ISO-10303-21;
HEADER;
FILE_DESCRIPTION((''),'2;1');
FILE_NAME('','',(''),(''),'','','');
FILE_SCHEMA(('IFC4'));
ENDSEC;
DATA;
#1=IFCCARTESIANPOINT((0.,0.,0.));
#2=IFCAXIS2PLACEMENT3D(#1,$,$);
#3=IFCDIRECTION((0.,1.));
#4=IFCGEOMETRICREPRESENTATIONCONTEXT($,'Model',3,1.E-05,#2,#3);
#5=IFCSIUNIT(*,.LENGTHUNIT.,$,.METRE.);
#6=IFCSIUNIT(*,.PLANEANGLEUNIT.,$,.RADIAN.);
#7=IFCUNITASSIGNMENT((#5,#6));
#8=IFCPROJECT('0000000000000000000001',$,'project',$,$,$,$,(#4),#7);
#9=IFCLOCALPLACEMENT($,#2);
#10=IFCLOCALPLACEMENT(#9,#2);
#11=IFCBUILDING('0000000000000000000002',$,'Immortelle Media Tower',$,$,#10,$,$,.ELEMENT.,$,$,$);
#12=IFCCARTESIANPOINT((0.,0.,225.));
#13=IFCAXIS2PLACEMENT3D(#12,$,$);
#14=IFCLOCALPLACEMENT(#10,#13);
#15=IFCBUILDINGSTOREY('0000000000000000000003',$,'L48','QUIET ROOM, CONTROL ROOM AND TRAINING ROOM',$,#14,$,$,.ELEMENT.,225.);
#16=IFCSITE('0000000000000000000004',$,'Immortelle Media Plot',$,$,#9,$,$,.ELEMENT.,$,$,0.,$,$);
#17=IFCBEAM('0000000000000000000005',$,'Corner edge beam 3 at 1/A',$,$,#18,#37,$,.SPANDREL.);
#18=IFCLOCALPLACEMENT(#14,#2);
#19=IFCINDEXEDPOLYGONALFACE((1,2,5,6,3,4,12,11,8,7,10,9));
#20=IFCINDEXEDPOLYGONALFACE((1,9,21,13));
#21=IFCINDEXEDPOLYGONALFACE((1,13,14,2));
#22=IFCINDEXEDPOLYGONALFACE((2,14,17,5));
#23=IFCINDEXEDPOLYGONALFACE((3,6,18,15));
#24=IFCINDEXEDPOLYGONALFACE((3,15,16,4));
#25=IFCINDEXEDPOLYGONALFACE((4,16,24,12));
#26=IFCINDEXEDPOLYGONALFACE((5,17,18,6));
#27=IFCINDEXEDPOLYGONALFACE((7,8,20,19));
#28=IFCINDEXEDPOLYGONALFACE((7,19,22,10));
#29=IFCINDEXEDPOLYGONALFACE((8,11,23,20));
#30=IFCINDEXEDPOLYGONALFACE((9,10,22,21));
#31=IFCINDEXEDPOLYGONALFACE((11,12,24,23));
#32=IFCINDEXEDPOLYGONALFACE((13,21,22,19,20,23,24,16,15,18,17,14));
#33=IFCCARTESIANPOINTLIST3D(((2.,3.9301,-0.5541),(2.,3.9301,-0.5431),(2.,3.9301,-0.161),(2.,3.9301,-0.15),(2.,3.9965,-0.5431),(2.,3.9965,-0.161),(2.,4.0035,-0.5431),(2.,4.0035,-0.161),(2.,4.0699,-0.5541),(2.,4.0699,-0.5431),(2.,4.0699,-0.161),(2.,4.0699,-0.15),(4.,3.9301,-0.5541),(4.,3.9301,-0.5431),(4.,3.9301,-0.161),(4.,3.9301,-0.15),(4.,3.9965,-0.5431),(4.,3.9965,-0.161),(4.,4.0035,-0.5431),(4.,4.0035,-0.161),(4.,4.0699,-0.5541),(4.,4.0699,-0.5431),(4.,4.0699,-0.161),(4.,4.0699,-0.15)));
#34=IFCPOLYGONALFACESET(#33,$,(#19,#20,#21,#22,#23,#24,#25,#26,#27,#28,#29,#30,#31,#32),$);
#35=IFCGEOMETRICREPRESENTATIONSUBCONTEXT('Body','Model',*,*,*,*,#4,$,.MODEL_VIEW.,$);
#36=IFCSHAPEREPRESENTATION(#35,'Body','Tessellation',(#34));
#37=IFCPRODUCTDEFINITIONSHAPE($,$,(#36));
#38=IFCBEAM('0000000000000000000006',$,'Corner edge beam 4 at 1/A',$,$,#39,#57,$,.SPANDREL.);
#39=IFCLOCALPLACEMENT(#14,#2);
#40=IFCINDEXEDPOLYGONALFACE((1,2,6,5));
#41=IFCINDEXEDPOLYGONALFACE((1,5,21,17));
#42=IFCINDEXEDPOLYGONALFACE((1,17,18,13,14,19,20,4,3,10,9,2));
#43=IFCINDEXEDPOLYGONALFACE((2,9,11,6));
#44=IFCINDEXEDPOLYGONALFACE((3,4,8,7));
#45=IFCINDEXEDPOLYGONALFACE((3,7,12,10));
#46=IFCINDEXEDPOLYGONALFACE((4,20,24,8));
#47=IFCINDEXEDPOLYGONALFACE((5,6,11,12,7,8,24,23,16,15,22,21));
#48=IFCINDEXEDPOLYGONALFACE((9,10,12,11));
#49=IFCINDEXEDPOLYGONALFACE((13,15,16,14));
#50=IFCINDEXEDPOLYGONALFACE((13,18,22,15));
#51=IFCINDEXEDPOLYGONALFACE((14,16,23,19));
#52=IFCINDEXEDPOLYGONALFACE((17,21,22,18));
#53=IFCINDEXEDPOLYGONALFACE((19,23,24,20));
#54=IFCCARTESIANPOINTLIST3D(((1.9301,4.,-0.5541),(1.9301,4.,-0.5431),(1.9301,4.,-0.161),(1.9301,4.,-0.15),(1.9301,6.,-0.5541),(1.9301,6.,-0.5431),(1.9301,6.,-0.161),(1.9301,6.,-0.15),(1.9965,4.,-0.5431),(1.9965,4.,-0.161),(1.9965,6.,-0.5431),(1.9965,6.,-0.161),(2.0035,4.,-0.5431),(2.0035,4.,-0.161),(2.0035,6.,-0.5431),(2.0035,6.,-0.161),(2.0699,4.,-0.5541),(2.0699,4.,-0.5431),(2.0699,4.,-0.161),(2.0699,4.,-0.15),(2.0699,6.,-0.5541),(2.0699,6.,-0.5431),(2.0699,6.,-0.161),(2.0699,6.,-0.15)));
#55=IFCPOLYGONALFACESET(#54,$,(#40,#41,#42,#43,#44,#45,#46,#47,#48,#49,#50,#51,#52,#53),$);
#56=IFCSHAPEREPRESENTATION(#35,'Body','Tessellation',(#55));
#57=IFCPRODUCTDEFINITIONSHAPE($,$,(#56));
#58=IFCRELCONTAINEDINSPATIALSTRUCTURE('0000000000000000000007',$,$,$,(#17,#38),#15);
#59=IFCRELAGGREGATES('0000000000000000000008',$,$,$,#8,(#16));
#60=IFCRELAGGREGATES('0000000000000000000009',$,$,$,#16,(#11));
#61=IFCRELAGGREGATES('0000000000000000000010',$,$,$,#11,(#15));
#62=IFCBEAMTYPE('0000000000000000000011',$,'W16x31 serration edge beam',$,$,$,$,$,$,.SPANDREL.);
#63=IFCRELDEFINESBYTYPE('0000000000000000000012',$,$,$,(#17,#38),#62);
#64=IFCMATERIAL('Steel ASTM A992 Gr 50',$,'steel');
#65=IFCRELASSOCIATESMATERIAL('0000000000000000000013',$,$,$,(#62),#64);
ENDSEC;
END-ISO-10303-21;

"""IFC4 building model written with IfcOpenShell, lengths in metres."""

from ifc_helpers import new_model, si_unit, direction, frame, origin, origin_2d, place, context, subcontext, project, spatial, i_section, extrude, material, material_profile, profile_set, type_object, element, save


model = new_model("IFC4")

# Units and contexts
model_context = context("Model", 3, precision=1e-05, world=origin(), true_north=direction((0.0, 1.0)))
body_context = subcontext(model_context, "Body", "Model", "MODEL_VIEW")
ifc_project = project(units=[si_unit("LENGTHUNIT", "METRE"), si_unit("PLANEANGLEUNIT", "RADIAN")], contexts=[model_context])

# Site, building, storey
site_placement = place(None, origin())
site = spatial("IfcSite", under=ifc_project, at=site_placement, Name="Immortelle Media Plot", CompositionType="ELEMENT", RefElevation=0.0)
building_placement = place(site_placement, origin())
building = spatial("IfcBuilding", under=site, at=building_placement, Name="Immortelle Media Tower", CompositionType="ELEMENT")
storey_placement = place(building_placement, frame((0.0, 0.0, 225.0)))
storey = spatial("IfcBuildingStorey", under=building, at=storey_placement, Name="L48", Description="QUIET ROOM, CONTROL ROOM AND TRAINING ROOM", CompositionType="ELEMENT", Elevation=225.0)

# Beams
ifc_material_1 = material(Name="Steel ASTM A992 Gr 50", Category="steel")
ifc_material_profile = material_profile(ifc_material_1, i_section(OverallWidth=0.1399, OverallDepth=0.4041, WebThickness=0.0071, FlangeThickness=0.011, at=origin_2d()), Name="W16x31")
ifc_profile_set = profile_set([ifc_material_profile], Name="Steel ASTM A992 Gr 50")
beam_type = type_object("IfcBeamType", Name="W16x31 serration edge beam", PredefinedType="SPANDREL", material=ifc_profile_set)
for number, where, z_axis, x_axis, name in (
    (1, (4.0, 4.0, -0.3521), (-1.0, 0.0, 0.0), (0.0, -1.0, 0.0), "Corner edge beam 3 at 1/A"),
    (2, (2.0, 4.0, -0.3521), (0.0, 1.0, 0.0), (-1.0, 0.0, 0.0), "Corner edge beam 4 at 1/A"),
):
    element("IfcBeam", number, at=place(storey_placement, frame(where, z_axis=z_axis, x_axis=x_axis)), inside=storey, type_object=beam_type, Name=name, PredefinedType="SPANDREL", context=body_context, shape_type="SweptSolid", body=[
        extrude(i_section(OverallWidth=0.1399, OverallDepth=0.4041, WebThickness=0.0071, FlangeThickness=0.011, at=origin_2d()), origin(), (0.0, 0.0, 1.0), 2.0),
    ])

save(model, "model.ifc")
